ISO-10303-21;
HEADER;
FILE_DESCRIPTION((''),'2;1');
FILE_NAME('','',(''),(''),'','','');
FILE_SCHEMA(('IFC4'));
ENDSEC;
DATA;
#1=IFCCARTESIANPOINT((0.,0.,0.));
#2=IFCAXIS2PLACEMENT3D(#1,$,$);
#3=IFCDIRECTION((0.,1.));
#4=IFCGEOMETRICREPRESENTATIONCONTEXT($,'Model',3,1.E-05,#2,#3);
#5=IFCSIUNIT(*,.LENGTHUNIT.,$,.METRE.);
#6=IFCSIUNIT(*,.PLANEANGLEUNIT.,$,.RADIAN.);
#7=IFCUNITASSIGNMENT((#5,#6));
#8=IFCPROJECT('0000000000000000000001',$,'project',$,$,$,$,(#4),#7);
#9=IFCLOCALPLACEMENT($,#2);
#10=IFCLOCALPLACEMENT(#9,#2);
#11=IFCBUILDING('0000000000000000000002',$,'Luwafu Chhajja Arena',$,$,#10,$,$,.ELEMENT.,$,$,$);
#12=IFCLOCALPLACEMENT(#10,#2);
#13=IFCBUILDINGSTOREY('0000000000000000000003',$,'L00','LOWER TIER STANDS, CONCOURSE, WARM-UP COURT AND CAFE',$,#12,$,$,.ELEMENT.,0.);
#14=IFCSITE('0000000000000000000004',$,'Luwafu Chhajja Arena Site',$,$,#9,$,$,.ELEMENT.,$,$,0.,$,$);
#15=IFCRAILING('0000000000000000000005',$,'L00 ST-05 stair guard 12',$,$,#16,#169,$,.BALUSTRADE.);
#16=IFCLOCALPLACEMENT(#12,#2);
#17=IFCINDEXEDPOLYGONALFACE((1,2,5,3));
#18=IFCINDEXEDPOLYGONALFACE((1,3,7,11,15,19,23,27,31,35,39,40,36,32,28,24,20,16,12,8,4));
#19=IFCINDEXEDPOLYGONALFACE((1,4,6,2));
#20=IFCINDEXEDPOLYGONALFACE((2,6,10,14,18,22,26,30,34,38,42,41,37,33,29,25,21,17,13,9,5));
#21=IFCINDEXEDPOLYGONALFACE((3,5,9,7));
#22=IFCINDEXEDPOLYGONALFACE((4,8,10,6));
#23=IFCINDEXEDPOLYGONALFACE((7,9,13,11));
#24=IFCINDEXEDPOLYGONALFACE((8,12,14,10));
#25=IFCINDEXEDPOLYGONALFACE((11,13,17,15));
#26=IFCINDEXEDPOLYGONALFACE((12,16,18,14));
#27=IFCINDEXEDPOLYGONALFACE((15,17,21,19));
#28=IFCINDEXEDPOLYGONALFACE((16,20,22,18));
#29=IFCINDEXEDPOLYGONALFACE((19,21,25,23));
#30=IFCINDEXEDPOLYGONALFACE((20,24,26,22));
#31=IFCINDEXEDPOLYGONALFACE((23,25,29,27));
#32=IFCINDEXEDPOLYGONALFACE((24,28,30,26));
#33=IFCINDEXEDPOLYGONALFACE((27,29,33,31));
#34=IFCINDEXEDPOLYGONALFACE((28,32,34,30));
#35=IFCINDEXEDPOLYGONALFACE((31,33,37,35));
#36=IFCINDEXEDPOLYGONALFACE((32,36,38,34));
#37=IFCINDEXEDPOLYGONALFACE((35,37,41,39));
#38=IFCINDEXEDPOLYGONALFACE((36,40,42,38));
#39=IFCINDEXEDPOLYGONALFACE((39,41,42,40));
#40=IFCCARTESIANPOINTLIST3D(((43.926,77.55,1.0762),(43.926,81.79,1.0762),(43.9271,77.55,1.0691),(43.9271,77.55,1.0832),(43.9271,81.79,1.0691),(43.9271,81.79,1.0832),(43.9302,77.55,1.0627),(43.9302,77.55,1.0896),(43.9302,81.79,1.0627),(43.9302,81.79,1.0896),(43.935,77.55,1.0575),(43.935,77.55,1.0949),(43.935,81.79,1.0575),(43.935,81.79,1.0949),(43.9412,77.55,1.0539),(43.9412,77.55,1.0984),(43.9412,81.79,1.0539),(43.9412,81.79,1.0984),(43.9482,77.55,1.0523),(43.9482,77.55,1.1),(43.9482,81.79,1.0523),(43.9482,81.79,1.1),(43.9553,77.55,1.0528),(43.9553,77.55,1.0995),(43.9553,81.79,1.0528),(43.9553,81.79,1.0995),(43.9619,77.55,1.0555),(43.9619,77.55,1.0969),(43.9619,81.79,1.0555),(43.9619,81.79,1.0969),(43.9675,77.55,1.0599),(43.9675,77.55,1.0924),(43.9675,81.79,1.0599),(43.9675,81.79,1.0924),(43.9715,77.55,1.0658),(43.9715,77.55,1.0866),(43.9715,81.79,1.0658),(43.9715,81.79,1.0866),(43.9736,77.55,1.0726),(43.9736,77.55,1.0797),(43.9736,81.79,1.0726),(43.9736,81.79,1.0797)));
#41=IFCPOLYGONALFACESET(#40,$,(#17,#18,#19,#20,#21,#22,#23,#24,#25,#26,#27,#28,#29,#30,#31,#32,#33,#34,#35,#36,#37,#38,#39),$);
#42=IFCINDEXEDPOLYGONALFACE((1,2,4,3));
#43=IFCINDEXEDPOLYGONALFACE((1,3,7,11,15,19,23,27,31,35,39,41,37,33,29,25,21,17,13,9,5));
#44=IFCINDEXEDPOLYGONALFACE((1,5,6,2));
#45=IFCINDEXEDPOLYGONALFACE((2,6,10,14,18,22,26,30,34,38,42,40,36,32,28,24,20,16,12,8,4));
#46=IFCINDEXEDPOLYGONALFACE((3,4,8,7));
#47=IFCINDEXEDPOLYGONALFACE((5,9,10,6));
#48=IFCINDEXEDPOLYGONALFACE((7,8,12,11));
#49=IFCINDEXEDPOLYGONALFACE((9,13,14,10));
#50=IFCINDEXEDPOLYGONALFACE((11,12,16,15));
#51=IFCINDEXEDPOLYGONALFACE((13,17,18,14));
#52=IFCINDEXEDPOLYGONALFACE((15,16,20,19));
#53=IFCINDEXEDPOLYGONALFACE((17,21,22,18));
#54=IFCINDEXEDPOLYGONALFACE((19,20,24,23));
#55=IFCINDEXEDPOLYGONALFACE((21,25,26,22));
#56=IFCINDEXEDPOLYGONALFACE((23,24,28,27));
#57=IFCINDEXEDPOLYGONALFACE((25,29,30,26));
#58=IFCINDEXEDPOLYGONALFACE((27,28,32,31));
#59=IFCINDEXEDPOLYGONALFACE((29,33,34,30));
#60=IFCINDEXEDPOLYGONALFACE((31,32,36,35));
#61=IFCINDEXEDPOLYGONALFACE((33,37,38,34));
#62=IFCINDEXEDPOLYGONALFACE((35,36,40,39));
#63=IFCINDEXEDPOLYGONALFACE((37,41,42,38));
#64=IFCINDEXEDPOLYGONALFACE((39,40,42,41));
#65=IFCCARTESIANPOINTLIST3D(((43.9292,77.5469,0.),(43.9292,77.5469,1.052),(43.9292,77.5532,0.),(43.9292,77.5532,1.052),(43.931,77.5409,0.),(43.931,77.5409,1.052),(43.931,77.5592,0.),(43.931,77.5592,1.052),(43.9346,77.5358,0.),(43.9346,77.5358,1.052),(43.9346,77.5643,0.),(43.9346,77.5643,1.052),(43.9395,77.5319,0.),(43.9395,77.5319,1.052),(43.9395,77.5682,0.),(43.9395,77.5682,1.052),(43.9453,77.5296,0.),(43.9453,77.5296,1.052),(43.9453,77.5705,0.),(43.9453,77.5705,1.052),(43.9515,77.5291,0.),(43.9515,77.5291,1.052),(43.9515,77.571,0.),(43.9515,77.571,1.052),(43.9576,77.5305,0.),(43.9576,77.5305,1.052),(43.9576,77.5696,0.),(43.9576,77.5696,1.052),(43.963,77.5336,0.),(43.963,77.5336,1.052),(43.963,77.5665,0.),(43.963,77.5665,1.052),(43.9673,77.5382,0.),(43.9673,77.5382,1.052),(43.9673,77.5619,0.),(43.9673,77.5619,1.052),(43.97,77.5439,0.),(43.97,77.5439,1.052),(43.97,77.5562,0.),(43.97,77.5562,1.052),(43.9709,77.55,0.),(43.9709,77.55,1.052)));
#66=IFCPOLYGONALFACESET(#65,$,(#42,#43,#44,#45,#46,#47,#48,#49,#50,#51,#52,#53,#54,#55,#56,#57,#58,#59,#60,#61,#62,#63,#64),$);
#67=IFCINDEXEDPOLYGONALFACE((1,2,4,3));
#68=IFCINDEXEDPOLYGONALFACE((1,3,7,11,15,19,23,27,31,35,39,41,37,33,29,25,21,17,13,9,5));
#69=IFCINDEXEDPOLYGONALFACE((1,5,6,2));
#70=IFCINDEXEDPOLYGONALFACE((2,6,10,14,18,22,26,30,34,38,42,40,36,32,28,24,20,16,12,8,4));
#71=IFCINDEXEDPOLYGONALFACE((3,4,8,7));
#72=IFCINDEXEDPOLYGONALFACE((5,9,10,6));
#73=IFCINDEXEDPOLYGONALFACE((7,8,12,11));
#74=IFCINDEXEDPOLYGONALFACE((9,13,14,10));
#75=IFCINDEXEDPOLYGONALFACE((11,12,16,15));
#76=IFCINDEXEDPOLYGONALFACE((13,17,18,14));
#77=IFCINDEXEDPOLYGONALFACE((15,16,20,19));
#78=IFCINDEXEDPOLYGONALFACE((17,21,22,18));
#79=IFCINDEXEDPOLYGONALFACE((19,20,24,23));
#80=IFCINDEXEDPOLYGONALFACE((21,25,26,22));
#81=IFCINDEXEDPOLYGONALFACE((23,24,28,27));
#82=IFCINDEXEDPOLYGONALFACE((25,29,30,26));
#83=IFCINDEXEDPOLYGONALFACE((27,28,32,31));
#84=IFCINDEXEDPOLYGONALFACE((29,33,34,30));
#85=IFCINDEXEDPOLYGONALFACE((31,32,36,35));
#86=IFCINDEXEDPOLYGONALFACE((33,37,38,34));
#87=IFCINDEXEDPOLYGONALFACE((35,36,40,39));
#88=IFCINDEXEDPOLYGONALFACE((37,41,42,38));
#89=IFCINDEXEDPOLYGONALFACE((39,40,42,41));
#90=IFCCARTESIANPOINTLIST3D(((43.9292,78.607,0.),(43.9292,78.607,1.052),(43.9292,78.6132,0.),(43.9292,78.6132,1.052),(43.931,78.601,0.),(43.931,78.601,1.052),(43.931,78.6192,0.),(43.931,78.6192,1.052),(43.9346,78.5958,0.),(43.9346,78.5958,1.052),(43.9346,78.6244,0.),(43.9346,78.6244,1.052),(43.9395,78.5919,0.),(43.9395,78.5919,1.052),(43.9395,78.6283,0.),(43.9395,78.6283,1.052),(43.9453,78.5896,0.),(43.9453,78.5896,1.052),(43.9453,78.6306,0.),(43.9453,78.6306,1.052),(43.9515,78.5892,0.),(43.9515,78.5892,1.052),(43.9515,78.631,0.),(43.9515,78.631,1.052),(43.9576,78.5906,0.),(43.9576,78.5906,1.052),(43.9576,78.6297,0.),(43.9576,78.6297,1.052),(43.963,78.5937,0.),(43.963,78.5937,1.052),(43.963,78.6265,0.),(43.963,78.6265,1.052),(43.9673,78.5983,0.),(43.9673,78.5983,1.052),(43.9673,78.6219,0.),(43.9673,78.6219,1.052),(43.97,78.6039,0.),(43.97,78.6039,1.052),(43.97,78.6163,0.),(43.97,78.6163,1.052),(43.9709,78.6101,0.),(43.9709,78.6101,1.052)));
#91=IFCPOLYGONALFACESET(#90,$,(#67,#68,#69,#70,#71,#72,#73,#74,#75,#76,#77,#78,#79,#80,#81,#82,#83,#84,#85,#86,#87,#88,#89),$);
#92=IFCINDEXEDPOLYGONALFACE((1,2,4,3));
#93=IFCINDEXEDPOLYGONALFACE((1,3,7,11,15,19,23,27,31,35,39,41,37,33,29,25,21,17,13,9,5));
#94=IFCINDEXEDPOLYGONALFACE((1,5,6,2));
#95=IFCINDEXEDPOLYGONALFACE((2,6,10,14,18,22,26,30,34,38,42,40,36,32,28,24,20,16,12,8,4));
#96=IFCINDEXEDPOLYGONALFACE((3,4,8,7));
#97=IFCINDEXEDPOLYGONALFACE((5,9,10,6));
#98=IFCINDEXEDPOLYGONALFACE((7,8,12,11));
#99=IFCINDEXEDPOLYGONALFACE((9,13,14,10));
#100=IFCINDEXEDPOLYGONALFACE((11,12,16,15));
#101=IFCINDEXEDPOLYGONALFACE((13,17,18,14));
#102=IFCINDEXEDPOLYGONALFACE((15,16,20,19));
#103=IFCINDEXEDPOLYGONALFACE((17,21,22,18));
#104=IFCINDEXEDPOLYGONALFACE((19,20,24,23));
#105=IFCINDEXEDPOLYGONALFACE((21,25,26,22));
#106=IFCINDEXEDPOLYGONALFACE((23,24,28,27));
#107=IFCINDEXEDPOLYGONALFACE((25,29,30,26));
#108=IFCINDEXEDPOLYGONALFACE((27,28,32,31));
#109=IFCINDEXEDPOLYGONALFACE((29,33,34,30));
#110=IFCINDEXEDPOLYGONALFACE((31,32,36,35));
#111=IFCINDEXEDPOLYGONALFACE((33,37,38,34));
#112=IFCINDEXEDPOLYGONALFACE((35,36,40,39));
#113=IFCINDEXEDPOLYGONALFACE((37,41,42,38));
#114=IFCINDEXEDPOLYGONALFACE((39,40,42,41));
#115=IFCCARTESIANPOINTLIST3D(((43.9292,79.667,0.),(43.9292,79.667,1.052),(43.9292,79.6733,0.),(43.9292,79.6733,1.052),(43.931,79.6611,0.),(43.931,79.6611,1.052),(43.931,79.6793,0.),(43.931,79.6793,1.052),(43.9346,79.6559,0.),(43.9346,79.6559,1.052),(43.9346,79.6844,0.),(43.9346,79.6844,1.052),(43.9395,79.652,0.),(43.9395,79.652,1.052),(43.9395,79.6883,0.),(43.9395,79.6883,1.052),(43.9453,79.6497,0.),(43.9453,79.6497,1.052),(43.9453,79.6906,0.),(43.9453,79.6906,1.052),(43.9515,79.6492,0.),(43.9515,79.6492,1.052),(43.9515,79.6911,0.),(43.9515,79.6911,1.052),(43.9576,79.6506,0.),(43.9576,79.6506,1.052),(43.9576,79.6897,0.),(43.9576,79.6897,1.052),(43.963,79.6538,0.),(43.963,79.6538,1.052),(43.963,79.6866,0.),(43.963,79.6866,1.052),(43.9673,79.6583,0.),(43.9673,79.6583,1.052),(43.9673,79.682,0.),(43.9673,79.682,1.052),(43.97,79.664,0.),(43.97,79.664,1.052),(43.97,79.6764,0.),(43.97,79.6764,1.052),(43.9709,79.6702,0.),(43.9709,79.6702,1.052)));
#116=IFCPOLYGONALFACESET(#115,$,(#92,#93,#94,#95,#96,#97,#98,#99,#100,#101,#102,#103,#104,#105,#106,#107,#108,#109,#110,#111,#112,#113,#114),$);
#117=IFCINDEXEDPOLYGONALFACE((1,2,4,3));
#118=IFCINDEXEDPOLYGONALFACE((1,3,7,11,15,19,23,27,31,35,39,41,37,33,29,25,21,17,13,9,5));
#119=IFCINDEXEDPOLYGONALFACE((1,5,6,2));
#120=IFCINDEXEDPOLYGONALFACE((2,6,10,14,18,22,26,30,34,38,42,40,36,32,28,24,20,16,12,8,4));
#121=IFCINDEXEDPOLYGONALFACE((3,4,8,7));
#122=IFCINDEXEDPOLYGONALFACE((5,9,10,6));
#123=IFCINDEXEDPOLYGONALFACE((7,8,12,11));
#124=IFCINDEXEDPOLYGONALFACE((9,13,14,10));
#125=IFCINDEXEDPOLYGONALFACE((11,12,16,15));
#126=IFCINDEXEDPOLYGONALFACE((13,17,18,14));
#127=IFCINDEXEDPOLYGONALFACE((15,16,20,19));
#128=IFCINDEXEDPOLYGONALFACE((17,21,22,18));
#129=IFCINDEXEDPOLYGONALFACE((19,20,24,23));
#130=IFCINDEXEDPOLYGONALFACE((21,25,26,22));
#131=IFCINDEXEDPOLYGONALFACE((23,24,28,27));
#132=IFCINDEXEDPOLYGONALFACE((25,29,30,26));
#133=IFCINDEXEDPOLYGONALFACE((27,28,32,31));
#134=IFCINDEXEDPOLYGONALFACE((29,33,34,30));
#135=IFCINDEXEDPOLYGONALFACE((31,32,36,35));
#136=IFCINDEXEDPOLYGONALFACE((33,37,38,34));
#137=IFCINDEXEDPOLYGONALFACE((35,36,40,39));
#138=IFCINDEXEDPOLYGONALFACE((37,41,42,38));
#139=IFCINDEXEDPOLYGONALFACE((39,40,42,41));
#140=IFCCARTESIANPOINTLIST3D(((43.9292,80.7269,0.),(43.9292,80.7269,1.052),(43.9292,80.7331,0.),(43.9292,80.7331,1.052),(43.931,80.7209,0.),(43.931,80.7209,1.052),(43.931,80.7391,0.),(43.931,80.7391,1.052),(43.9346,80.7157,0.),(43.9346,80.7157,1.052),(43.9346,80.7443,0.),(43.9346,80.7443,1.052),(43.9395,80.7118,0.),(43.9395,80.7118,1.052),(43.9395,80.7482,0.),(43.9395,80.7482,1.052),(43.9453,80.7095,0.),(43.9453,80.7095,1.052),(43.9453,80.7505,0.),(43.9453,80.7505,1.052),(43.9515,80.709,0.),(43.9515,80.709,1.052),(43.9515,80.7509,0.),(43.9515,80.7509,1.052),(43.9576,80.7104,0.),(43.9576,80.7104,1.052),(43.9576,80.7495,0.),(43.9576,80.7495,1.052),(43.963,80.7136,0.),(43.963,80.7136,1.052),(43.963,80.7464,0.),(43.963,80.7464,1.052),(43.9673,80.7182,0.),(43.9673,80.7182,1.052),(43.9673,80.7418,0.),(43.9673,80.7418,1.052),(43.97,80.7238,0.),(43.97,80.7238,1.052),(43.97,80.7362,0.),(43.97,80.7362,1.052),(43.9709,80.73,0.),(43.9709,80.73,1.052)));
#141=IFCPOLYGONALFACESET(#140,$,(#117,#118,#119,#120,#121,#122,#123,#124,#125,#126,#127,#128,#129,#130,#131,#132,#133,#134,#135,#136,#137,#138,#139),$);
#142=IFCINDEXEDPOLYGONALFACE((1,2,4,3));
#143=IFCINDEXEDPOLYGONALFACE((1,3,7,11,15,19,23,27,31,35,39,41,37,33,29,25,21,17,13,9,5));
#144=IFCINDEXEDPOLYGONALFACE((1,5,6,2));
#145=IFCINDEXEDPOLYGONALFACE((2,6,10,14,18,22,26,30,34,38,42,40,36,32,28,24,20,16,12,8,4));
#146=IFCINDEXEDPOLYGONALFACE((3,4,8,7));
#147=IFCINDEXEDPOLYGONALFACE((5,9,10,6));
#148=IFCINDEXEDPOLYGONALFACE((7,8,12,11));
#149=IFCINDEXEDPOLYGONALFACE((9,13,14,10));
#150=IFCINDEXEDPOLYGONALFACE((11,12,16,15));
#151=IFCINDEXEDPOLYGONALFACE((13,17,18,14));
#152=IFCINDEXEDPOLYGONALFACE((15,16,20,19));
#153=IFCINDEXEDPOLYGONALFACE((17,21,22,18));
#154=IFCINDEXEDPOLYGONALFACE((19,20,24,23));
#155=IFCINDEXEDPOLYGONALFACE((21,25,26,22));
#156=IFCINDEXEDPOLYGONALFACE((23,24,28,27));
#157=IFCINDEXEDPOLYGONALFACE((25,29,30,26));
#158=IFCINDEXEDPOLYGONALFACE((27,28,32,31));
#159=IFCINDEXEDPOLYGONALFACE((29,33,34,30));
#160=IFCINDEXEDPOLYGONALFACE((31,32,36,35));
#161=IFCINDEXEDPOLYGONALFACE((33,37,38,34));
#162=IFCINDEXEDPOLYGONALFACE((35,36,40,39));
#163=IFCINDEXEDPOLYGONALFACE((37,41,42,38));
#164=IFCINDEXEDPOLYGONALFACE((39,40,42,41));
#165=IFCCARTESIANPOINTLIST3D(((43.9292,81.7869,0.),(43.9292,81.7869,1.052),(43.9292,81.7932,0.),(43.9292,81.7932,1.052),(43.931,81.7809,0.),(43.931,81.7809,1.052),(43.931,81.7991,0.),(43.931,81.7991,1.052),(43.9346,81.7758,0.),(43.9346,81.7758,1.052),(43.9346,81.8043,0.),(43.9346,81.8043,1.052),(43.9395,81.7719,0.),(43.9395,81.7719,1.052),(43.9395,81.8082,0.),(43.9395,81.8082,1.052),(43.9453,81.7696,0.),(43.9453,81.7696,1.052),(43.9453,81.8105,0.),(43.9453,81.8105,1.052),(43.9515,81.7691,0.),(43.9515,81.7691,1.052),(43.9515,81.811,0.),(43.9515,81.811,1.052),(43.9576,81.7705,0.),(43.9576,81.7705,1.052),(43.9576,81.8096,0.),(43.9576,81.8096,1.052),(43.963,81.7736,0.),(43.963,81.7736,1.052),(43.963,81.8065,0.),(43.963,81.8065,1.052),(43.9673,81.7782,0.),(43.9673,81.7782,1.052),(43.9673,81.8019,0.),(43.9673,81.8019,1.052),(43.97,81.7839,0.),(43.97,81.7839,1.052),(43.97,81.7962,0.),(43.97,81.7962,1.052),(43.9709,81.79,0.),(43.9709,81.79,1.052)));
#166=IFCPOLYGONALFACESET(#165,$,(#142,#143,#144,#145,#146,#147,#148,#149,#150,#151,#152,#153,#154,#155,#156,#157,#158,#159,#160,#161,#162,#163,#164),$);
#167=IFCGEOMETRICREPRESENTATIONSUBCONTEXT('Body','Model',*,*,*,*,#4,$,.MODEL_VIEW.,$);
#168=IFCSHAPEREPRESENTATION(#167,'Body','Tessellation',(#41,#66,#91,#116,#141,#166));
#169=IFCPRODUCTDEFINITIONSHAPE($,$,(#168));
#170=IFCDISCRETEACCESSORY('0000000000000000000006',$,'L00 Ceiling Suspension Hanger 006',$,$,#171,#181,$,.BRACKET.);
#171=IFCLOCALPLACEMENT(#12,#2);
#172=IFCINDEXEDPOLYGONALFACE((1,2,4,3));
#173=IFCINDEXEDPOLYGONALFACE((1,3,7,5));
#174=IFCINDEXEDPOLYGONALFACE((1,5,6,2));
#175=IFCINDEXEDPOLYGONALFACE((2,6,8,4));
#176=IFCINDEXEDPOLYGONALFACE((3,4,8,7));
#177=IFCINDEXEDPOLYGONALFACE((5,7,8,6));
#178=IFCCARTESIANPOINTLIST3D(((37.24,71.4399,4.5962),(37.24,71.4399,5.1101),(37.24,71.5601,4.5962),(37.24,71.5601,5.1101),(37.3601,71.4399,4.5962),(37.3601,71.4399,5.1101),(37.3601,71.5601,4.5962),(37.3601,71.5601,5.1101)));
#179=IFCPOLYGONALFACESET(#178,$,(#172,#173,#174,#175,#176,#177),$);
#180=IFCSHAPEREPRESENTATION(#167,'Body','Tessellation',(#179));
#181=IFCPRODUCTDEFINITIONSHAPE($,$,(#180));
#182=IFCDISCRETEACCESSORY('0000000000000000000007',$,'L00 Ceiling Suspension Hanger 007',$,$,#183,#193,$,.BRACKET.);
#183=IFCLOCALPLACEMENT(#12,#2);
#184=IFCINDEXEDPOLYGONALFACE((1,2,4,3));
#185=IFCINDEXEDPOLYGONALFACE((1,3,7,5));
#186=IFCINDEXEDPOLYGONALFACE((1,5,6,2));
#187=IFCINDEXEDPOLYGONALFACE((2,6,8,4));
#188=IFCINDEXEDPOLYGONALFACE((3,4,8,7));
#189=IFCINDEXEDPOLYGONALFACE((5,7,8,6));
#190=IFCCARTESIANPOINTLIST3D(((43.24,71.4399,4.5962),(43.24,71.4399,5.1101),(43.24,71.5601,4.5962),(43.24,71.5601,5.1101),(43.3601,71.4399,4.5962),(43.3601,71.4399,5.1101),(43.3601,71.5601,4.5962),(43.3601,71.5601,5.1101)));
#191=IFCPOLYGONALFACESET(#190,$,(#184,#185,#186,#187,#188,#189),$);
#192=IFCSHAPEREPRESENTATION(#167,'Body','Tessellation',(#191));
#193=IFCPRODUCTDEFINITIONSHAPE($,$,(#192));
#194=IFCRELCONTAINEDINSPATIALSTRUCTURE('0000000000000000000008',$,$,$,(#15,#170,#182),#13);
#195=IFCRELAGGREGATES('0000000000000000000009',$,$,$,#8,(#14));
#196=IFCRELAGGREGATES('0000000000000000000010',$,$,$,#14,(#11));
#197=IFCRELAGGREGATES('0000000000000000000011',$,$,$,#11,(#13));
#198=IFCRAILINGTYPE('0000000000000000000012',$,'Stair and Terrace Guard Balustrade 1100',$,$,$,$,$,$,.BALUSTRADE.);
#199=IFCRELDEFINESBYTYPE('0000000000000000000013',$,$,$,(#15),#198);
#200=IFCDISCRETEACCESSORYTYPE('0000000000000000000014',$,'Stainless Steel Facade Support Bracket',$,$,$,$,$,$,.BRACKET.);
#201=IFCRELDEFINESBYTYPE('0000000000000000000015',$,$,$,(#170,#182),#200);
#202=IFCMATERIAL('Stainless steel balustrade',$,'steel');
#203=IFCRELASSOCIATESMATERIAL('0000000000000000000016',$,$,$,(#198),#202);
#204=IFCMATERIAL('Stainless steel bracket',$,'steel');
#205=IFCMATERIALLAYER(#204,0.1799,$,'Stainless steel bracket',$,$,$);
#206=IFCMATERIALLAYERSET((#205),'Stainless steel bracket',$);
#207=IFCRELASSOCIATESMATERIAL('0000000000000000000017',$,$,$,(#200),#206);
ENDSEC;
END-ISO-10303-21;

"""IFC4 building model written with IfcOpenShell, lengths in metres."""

from ifc_helpers import new_model, si_unit, direction, frame, origin, origin_2d, place, context, subcontext, project, spatial, rectangle, circle, extrude, material, layer, layer_set, type_object, element, save


model = new_model("IFC4")

# Units and contexts
model_context = context("Model", 3, precision=1e-05, world=origin(), true_north=direction((0.0, 1.0)))
body_context = subcontext(model_context, "Body", "Model", "MODEL_VIEW")
ifc_project = project(units=[si_unit("LENGTHUNIT", "METRE"), si_unit("PLANEANGLEUNIT", "RADIAN")], contexts=[model_context])

# Site, building, storey
site_placement = place(None, origin())
site = spatial("IfcSite", under=ifc_project, at=site_placement, Name="Luwafu Chhajja Arena Site", CompositionType="ELEMENT", RefElevation=0.0)
building_placement = place(site_placement, origin())
building = spatial("IfcBuilding", under=site, at=building_placement, Name="Luwafu Chhajja Arena", CompositionType="ELEMENT")
storey_placement = place(building_placement, origin())
storey = spatial("IfcBuildingStorey", under=building, at=storey_placement, Name="L00", Description="LOWER TIER STANDS, CONCOURSE, WARM-UP COURT AND CAFE", CompositionType="ELEMENT", Elevation=0.0)

# Railing
ifc_material_1 = material(Name="Stainless steel balustrade", Category="steel")
railing_type_1 = type_object("IfcRailingType", Name="Stair and Terrace Guard Balustrade 1100", PredefinedType="BALUSTRADE", material=ifc_material_1)
railing_1_placement = place(storey_placement, frame((43.95, 77.55, 0.0)))
element("IfcRailing", 1, at=railing_1_placement, inside=storey, type_object=railing_type_1, Name="L00 ST-05 stair guard 12", PredefinedType="BALUSTRADE", context=body_context, shape_type="SweptSolid", body=[
    extrude(circle(Radius=0.0239, at=origin_2d()), frame((0.0, 0.0, 1.0762), z_axis=(0.0, 1.0, 0.0), x_axis=(-1.0, 0.0, 0.0)), (0.0, 0.0, 1.0), 4.24),
    extrude(circle(Radius=0.021, at=origin_2d()), origin(), (0.0, 0.0, 1.0), 1.052),
    extrude(circle(Radius=0.021, at=origin_2d()), frame((0.0, 1.0601, 0.0)), (0.0, 0.0, 1.0), 1.052),
    extrude(circle(Radius=0.021, at=origin_2d()), frame((0.0, 2.1201, 0.0)), (0.0, 0.0, 1.0), 1.052),
    extrude(circle(Radius=0.021, at=origin_2d()), frame((0.0, 3.1799, 0.0)), (0.0, 0.0, 1.0), 1.052),
    extrude(circle(Radius=0.021, at=origin_2d()), frame((0.0, 4.24, 0.0)), (0.0, 0.0, 1.0), 1.052),
])

# Discrete accessories
ifc_material_2 = material(Name="Stainless steel bracket", Category="steel")
ifc_layer_1 = layer(ifc_material_2, 0.1799, Name="Stainless steel bracket")
ifc_layer_set_1 = layer_set([ifc_layer_1], Name="Stainless steel bracket")
discrete_accessory_type = type_object("IfcDiscreteAccessoryType", Name="Stainless Steel Facade Support Bracket", PredefinedType="BRACKET", material=ifc_layer_set_1)
for number, where, z_axis, x_axis, name in (
    (2, (37.3, 71.5, 4.5962), (0.0, 0.0, 1.0), (1.0, 0.0, 0.0), "L00 Ceiling Suspension Hanger 006"),
    (3, (43.3, 71.5, 4.5962), (0.0, 0.0, 1.0), (1.0, 0.0, 0.0), "L00 Ceiling Suspension Hanger 007"),
):
    element("IfcDiscreteAccessory", number, at=place(storey_placement, frame(where, z_axis=z_axis, x_axis=x_axis)), inside=storey, type_object=discrete_accessory_type, Name=name, PredefinedType="BRACKET", context=body_context, shape_type="SweptSolid", body=[
        extrude(rectangle(XDim=0.1201, YDim=0.1201, at=origin_2d()), origin(), (0.0, 0.0, 1.0), 0.5139),
    ])

save(model, "model.ifc")
